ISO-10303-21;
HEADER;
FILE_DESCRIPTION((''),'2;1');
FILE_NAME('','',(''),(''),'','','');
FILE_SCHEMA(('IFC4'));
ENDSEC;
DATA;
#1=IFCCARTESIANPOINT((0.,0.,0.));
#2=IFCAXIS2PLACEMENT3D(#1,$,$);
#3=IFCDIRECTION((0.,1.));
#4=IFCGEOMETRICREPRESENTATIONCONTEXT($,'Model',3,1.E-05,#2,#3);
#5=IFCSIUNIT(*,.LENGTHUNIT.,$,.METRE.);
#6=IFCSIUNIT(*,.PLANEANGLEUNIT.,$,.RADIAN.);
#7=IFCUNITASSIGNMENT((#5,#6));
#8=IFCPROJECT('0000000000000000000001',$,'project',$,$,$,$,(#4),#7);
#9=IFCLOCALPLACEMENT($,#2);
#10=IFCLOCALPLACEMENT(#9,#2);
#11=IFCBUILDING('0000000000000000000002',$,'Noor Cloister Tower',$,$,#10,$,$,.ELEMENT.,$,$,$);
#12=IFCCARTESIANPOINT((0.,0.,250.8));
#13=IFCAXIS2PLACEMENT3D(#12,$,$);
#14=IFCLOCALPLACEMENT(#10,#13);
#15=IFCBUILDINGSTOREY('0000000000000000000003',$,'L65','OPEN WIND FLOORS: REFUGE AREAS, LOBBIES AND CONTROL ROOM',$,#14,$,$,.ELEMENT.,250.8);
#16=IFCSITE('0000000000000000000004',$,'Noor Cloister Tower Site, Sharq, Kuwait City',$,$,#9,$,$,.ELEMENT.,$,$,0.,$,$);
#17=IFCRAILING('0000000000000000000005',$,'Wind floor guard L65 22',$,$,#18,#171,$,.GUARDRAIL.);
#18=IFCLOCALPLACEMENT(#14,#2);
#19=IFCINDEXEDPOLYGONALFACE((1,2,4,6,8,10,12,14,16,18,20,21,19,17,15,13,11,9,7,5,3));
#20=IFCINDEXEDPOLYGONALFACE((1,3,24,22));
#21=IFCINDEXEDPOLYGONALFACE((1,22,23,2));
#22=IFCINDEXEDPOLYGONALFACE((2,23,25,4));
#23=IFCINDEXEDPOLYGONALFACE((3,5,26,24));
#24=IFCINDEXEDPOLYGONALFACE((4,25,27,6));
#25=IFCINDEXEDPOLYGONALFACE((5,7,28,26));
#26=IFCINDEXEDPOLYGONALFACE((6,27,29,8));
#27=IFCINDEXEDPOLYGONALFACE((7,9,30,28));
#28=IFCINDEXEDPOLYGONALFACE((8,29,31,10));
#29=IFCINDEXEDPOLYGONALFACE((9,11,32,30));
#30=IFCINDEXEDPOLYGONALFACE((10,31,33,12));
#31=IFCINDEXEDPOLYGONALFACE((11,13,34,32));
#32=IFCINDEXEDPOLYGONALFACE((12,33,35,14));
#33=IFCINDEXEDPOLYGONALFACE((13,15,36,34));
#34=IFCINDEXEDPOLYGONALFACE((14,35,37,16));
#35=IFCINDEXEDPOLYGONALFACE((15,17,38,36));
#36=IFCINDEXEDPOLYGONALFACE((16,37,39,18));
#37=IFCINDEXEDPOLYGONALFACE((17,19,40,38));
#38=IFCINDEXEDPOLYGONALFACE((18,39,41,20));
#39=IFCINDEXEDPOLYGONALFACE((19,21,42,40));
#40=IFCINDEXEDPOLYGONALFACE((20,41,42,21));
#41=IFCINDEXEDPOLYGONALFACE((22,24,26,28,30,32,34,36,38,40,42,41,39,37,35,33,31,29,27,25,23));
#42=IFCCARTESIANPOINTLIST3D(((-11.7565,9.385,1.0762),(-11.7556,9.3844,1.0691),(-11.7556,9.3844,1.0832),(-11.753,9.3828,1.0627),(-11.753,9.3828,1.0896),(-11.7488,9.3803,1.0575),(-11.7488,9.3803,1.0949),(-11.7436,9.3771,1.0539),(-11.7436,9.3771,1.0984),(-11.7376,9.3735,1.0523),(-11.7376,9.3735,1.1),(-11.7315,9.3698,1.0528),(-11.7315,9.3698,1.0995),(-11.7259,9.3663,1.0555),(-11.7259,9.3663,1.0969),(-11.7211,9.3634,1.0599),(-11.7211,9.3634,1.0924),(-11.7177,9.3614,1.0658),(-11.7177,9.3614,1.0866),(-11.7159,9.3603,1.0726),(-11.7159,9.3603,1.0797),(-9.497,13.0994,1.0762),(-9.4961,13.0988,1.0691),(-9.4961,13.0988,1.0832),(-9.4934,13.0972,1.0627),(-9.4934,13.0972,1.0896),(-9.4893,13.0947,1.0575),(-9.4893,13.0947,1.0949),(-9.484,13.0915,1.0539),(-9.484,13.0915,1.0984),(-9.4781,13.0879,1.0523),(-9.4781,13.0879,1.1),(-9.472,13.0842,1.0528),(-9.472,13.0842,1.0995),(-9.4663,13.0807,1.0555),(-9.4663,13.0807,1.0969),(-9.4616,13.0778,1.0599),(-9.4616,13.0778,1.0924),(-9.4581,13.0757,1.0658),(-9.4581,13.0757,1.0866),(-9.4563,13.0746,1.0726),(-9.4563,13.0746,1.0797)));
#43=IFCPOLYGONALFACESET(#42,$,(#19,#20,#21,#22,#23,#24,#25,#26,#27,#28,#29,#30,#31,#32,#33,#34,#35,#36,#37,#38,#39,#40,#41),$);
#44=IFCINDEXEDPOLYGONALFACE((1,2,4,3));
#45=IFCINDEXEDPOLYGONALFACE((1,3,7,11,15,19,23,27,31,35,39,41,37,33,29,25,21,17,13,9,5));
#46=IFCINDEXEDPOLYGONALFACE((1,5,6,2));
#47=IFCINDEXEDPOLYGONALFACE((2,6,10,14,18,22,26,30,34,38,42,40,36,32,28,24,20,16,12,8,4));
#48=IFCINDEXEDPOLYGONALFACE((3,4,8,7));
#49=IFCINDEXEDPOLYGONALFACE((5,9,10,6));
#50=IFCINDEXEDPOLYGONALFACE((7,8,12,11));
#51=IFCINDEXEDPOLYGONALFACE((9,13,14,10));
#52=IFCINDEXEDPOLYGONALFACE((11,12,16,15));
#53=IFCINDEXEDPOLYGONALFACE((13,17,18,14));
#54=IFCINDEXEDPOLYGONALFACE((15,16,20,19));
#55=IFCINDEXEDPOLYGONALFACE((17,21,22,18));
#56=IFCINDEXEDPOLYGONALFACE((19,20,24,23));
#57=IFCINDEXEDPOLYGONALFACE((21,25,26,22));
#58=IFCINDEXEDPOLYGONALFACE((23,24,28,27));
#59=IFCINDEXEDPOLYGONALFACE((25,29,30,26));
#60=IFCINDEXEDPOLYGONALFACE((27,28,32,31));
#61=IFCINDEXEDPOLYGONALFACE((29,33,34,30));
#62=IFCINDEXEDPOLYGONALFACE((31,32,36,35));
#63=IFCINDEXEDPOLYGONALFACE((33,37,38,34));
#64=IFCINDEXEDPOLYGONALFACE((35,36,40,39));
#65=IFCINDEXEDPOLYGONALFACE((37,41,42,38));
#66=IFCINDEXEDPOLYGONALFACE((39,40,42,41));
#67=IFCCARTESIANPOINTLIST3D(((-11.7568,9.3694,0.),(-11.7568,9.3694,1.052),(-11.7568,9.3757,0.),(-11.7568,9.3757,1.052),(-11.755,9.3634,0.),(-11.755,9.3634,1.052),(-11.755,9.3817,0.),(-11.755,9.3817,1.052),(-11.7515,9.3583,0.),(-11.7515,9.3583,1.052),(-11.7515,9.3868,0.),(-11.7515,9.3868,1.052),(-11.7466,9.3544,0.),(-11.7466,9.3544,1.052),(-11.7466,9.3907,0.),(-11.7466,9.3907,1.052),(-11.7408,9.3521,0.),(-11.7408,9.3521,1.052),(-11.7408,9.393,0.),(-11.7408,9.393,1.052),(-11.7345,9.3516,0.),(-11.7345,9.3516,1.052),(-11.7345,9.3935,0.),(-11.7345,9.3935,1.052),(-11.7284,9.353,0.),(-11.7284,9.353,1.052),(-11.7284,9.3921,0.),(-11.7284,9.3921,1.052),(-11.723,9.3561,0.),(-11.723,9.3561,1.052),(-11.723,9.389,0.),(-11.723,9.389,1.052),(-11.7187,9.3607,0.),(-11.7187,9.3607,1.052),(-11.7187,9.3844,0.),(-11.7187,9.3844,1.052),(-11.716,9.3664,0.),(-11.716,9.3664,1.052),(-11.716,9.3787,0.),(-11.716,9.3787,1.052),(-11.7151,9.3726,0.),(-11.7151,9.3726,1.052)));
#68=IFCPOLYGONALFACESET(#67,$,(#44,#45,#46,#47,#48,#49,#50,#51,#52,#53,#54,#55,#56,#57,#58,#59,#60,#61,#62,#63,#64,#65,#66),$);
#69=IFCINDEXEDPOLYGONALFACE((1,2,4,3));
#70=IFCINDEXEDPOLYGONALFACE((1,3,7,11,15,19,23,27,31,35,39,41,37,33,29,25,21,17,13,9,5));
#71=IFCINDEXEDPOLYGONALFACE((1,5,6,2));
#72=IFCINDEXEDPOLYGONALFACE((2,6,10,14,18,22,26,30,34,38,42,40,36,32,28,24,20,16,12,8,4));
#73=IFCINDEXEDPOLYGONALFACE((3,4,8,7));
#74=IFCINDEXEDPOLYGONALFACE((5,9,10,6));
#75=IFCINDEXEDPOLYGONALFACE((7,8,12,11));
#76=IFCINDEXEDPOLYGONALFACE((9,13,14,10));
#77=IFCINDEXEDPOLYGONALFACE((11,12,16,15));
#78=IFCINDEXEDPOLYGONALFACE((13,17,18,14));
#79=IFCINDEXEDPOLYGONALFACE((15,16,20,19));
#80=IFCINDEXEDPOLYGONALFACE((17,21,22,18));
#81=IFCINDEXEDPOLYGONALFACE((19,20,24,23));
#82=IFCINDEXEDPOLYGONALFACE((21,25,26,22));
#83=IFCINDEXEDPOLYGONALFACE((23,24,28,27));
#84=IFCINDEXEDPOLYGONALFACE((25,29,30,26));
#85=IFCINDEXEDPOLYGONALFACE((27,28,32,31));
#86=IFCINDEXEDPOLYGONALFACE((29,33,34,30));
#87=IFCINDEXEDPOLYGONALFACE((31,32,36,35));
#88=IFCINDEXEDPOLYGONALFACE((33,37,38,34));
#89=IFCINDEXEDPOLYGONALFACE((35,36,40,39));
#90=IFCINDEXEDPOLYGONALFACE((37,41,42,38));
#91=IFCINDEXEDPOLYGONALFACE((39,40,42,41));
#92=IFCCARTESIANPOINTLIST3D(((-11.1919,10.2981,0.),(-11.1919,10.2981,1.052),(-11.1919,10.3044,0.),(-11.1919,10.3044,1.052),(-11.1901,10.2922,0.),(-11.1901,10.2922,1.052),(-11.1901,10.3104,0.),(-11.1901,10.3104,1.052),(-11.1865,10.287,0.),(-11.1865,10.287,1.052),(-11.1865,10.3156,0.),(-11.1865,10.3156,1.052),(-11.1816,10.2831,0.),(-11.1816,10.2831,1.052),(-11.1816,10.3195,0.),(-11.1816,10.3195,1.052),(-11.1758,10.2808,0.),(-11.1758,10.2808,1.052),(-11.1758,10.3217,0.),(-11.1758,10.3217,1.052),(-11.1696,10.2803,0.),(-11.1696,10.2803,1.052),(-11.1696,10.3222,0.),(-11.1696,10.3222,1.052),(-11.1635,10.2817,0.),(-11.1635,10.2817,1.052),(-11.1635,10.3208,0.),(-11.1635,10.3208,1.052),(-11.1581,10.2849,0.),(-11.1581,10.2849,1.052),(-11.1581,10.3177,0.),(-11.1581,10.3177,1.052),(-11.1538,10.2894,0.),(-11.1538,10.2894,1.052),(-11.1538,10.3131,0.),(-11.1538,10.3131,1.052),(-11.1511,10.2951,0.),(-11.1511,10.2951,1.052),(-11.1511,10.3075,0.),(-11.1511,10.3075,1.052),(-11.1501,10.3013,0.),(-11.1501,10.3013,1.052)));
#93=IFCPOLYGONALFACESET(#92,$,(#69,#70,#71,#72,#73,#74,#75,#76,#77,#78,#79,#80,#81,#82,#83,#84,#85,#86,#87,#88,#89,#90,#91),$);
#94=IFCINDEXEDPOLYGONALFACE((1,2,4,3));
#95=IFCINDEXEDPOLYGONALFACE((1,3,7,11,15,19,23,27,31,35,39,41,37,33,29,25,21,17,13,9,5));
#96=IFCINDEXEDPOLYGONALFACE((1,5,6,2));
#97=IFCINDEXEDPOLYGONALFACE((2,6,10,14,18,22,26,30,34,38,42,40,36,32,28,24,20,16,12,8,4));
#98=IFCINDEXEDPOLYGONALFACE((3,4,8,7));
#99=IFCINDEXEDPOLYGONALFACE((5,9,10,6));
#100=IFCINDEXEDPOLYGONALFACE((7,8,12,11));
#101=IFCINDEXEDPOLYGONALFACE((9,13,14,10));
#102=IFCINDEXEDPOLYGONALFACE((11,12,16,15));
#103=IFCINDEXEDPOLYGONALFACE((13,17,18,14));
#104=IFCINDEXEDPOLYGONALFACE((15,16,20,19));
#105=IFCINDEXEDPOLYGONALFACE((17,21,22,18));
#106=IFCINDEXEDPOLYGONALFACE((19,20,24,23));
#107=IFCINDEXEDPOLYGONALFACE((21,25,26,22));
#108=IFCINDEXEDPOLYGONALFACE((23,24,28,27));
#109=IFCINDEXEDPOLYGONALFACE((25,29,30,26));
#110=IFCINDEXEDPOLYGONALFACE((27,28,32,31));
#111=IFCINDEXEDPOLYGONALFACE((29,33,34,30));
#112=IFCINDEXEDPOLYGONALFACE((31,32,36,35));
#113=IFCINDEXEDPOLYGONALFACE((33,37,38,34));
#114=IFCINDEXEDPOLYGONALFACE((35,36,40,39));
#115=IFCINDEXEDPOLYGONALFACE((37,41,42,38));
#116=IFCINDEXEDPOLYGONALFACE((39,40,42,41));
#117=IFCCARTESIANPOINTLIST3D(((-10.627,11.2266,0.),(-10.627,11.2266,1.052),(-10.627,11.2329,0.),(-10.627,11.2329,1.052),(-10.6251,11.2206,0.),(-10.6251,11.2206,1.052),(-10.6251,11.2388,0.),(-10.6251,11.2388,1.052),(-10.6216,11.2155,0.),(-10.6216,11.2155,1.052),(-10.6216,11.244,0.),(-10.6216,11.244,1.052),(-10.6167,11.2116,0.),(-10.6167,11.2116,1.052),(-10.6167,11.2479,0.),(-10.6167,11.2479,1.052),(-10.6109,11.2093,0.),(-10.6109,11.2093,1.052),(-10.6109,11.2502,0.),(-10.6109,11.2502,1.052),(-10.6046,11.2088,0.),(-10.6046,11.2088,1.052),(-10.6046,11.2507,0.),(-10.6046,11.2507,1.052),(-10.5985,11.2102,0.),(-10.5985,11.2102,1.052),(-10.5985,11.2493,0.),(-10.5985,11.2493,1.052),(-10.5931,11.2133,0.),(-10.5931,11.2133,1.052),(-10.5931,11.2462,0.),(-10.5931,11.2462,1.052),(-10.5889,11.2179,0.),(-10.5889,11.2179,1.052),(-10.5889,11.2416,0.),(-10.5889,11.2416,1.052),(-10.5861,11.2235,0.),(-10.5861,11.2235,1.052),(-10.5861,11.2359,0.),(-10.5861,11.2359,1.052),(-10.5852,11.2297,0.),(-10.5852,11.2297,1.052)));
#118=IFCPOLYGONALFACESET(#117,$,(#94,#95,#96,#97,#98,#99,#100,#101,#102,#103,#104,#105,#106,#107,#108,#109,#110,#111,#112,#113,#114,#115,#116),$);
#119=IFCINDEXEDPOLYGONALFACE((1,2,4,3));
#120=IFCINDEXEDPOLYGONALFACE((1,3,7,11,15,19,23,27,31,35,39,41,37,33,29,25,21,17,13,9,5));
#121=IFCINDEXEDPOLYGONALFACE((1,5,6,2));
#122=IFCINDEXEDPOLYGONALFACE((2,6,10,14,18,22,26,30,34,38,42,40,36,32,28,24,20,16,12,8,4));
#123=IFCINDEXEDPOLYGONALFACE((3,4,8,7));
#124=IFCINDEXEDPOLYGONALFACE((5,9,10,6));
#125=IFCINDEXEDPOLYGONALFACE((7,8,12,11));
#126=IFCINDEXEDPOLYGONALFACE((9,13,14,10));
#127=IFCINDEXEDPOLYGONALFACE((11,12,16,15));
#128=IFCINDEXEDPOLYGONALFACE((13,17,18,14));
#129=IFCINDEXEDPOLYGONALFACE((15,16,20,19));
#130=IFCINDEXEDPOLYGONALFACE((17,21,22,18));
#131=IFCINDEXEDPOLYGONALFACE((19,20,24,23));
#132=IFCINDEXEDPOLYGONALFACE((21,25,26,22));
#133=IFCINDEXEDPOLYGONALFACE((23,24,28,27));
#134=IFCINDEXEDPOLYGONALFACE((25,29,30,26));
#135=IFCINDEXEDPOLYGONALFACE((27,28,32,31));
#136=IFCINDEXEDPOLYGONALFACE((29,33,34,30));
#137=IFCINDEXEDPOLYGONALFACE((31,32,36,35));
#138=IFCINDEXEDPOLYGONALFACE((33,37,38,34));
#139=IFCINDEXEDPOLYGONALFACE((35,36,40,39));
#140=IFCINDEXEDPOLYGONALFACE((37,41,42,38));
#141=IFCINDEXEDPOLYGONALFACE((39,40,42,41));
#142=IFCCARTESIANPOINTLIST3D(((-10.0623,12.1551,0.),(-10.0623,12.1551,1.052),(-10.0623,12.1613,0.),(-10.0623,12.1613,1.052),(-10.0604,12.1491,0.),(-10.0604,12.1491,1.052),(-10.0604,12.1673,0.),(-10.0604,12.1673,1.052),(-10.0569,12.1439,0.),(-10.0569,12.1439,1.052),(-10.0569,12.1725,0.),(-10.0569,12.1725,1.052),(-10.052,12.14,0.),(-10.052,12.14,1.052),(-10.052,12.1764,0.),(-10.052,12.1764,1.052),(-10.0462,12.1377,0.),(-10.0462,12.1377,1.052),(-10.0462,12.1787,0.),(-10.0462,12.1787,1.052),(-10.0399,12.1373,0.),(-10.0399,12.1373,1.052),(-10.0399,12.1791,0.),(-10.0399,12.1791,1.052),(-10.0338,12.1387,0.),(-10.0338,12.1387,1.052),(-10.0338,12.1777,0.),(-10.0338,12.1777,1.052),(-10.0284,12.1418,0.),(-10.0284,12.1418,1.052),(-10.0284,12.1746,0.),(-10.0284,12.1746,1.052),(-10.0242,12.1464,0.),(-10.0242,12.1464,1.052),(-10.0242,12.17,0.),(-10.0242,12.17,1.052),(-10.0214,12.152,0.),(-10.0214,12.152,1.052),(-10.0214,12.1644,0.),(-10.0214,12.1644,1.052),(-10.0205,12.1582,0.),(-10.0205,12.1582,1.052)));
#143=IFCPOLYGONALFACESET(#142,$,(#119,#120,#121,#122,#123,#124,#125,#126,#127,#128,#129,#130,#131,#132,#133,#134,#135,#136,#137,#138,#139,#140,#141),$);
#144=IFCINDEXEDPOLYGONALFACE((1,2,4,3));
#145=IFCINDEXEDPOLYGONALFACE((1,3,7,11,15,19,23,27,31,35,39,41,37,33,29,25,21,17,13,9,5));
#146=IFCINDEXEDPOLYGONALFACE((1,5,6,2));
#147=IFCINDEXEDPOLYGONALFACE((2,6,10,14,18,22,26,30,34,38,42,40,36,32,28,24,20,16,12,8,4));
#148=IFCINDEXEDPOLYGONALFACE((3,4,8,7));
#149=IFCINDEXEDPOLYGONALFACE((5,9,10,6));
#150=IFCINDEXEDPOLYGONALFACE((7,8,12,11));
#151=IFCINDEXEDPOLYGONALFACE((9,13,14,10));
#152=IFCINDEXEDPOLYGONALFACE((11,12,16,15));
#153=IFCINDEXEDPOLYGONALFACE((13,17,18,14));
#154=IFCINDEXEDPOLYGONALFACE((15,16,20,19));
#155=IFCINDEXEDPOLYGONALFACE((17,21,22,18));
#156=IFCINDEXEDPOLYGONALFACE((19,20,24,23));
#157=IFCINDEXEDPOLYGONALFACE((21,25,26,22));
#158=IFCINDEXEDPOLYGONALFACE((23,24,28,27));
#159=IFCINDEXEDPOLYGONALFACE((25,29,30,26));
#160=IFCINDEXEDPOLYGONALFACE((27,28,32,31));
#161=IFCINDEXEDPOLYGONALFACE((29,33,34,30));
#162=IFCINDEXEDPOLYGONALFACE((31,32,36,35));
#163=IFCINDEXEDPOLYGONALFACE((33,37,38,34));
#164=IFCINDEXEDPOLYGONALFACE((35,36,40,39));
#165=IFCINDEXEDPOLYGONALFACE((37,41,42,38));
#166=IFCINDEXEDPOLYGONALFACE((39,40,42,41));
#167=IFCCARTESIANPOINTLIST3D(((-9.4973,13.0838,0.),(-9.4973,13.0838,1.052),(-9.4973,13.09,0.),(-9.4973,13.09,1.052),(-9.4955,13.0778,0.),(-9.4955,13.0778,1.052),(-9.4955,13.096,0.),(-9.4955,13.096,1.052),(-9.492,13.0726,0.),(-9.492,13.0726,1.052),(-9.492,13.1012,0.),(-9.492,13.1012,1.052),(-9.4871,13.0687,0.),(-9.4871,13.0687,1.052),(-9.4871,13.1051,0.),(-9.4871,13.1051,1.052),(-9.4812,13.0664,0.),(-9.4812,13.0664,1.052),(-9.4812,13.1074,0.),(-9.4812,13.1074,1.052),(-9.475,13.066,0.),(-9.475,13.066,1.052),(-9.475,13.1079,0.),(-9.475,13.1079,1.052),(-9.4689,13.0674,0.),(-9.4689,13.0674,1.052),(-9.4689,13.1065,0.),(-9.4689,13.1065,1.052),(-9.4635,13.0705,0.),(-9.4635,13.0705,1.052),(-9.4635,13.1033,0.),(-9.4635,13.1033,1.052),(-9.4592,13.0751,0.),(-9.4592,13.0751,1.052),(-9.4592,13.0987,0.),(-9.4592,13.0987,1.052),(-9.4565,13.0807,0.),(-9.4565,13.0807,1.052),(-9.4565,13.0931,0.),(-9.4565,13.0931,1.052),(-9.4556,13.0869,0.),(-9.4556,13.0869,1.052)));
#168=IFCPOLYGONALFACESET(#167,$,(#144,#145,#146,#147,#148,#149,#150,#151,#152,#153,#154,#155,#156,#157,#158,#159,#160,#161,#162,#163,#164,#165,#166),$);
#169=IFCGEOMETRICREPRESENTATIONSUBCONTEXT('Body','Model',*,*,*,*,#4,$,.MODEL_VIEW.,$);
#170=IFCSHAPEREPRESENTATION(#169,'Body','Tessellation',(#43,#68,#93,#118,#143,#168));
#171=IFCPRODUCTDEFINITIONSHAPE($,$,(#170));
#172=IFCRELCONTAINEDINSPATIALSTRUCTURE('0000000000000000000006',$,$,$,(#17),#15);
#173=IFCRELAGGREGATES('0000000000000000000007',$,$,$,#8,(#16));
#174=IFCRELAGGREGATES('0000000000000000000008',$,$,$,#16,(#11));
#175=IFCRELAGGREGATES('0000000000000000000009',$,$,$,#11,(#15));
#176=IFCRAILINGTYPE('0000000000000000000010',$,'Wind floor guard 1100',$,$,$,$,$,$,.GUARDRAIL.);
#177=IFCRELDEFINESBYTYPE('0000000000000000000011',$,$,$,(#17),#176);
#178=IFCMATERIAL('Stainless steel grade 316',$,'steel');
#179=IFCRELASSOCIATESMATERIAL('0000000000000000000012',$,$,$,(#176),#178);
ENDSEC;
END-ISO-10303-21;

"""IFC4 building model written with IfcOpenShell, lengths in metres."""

from ifc_helpers import new_model, si_unit, direction, frame, origin, origin_2d, place, context, subcontext, project, spatial, circle, extrude, material, type_object, element, save


model = new_model("IFC4")

# Units and contexts
model_context = context("Model", 3, precision=1e-05, world=origin(), true_north=direction((0.0, 1.0)))
body_context = subcontext(model_context, "Body", "Model", "MODEL_VIEW")
ifc_project = project(units=[si_unit("LENGTHUNIT", "METRE"), si_unit("PLANEANGLEUNIT", "RADIAN")], contexts=[model_context])

# Site, building, storey
site_placement = place(None, origin())
site = spatial("IfcSite", under=ifc_project, at=site_placement, Name="Noor Cloister Tower Site, Sharq, Kuwait City", CompositionType="ELEMENT", RefElevation=0.0)
building_placement = place(site_placement, origin())
building = spatial("IfcBuilding", under=site, at=building_placement, Name="Noor Cloister Tower", CompositionType="ELEMENT")
storey_placement = place(building_placement, frame((0.0, 0.0, 250.8)))
storey = spatial("IfcBuildingStorey", under=building, at=storey_placement, Name="L65", Description="OPEN WIND FLOORS: REFUGE AREAS, LOBBIES AND CONTROL ROOM", CompositionType="ELEMENT", Elevation=250.8)

# Railing
ifc_material_1 = material(Name="Stainless steel grade 316", Category="steel")
railing_type = type_object("IfcRailingType", Name="Wind floor guard 1100", PredefinedType="GUARDRAIL", material=ifc_material_1)
railing_1_placement = place(storey_placement, frame((-11.7361, 9.3726, 0.0)))
element("IfcRailing", 1, at=railing_1_placement, inside=storey, type_object=railing_type, Name="Wind floor guard L65 22", PredefinedType="GUARDRAIL", context=body_context, shape_type="SweptSolid", body=[
    extrude(circle(Radius=0.0239, at=origin_2d()), frame((0.0, 0.0, 1.0762), z_axis=(0.519714, 0.854341, 0.0), x_axis=(-0.854341, 0.519714, 0.0)), (0.0, 0.0, 1.0), 4.3477),
    extrude(circle(Radius=0.021, at=origin_2d()), origin(), (0.0, 0.0, 1.0), 1.052),
    extrude(circle(Radius=0.021, at=origin_2d()), frame((0.5649, 0.9287, 0.0)), (0.0, 0.0, 1.0), 1.052),
    extrude(circle(Radius=0.021, at=origin_2d()), frame((1.1299, 1.8572, 0.0)), (0.0, 0.0, 1.0), 1.052),
    extrude(circle(Radius=0.021, at=origin_2d()), frame((1.6946, 2.7856, 0.0)), (0.0, 0.0, 1.0), 1.052),
    extrude(circle(Radius=0.021, at=origin_2d()), frame((2.2595, 3.7144, 0.0)), (0.0, 0.0, 1.0), 1.052),
])

save(model, "model.ifc")
